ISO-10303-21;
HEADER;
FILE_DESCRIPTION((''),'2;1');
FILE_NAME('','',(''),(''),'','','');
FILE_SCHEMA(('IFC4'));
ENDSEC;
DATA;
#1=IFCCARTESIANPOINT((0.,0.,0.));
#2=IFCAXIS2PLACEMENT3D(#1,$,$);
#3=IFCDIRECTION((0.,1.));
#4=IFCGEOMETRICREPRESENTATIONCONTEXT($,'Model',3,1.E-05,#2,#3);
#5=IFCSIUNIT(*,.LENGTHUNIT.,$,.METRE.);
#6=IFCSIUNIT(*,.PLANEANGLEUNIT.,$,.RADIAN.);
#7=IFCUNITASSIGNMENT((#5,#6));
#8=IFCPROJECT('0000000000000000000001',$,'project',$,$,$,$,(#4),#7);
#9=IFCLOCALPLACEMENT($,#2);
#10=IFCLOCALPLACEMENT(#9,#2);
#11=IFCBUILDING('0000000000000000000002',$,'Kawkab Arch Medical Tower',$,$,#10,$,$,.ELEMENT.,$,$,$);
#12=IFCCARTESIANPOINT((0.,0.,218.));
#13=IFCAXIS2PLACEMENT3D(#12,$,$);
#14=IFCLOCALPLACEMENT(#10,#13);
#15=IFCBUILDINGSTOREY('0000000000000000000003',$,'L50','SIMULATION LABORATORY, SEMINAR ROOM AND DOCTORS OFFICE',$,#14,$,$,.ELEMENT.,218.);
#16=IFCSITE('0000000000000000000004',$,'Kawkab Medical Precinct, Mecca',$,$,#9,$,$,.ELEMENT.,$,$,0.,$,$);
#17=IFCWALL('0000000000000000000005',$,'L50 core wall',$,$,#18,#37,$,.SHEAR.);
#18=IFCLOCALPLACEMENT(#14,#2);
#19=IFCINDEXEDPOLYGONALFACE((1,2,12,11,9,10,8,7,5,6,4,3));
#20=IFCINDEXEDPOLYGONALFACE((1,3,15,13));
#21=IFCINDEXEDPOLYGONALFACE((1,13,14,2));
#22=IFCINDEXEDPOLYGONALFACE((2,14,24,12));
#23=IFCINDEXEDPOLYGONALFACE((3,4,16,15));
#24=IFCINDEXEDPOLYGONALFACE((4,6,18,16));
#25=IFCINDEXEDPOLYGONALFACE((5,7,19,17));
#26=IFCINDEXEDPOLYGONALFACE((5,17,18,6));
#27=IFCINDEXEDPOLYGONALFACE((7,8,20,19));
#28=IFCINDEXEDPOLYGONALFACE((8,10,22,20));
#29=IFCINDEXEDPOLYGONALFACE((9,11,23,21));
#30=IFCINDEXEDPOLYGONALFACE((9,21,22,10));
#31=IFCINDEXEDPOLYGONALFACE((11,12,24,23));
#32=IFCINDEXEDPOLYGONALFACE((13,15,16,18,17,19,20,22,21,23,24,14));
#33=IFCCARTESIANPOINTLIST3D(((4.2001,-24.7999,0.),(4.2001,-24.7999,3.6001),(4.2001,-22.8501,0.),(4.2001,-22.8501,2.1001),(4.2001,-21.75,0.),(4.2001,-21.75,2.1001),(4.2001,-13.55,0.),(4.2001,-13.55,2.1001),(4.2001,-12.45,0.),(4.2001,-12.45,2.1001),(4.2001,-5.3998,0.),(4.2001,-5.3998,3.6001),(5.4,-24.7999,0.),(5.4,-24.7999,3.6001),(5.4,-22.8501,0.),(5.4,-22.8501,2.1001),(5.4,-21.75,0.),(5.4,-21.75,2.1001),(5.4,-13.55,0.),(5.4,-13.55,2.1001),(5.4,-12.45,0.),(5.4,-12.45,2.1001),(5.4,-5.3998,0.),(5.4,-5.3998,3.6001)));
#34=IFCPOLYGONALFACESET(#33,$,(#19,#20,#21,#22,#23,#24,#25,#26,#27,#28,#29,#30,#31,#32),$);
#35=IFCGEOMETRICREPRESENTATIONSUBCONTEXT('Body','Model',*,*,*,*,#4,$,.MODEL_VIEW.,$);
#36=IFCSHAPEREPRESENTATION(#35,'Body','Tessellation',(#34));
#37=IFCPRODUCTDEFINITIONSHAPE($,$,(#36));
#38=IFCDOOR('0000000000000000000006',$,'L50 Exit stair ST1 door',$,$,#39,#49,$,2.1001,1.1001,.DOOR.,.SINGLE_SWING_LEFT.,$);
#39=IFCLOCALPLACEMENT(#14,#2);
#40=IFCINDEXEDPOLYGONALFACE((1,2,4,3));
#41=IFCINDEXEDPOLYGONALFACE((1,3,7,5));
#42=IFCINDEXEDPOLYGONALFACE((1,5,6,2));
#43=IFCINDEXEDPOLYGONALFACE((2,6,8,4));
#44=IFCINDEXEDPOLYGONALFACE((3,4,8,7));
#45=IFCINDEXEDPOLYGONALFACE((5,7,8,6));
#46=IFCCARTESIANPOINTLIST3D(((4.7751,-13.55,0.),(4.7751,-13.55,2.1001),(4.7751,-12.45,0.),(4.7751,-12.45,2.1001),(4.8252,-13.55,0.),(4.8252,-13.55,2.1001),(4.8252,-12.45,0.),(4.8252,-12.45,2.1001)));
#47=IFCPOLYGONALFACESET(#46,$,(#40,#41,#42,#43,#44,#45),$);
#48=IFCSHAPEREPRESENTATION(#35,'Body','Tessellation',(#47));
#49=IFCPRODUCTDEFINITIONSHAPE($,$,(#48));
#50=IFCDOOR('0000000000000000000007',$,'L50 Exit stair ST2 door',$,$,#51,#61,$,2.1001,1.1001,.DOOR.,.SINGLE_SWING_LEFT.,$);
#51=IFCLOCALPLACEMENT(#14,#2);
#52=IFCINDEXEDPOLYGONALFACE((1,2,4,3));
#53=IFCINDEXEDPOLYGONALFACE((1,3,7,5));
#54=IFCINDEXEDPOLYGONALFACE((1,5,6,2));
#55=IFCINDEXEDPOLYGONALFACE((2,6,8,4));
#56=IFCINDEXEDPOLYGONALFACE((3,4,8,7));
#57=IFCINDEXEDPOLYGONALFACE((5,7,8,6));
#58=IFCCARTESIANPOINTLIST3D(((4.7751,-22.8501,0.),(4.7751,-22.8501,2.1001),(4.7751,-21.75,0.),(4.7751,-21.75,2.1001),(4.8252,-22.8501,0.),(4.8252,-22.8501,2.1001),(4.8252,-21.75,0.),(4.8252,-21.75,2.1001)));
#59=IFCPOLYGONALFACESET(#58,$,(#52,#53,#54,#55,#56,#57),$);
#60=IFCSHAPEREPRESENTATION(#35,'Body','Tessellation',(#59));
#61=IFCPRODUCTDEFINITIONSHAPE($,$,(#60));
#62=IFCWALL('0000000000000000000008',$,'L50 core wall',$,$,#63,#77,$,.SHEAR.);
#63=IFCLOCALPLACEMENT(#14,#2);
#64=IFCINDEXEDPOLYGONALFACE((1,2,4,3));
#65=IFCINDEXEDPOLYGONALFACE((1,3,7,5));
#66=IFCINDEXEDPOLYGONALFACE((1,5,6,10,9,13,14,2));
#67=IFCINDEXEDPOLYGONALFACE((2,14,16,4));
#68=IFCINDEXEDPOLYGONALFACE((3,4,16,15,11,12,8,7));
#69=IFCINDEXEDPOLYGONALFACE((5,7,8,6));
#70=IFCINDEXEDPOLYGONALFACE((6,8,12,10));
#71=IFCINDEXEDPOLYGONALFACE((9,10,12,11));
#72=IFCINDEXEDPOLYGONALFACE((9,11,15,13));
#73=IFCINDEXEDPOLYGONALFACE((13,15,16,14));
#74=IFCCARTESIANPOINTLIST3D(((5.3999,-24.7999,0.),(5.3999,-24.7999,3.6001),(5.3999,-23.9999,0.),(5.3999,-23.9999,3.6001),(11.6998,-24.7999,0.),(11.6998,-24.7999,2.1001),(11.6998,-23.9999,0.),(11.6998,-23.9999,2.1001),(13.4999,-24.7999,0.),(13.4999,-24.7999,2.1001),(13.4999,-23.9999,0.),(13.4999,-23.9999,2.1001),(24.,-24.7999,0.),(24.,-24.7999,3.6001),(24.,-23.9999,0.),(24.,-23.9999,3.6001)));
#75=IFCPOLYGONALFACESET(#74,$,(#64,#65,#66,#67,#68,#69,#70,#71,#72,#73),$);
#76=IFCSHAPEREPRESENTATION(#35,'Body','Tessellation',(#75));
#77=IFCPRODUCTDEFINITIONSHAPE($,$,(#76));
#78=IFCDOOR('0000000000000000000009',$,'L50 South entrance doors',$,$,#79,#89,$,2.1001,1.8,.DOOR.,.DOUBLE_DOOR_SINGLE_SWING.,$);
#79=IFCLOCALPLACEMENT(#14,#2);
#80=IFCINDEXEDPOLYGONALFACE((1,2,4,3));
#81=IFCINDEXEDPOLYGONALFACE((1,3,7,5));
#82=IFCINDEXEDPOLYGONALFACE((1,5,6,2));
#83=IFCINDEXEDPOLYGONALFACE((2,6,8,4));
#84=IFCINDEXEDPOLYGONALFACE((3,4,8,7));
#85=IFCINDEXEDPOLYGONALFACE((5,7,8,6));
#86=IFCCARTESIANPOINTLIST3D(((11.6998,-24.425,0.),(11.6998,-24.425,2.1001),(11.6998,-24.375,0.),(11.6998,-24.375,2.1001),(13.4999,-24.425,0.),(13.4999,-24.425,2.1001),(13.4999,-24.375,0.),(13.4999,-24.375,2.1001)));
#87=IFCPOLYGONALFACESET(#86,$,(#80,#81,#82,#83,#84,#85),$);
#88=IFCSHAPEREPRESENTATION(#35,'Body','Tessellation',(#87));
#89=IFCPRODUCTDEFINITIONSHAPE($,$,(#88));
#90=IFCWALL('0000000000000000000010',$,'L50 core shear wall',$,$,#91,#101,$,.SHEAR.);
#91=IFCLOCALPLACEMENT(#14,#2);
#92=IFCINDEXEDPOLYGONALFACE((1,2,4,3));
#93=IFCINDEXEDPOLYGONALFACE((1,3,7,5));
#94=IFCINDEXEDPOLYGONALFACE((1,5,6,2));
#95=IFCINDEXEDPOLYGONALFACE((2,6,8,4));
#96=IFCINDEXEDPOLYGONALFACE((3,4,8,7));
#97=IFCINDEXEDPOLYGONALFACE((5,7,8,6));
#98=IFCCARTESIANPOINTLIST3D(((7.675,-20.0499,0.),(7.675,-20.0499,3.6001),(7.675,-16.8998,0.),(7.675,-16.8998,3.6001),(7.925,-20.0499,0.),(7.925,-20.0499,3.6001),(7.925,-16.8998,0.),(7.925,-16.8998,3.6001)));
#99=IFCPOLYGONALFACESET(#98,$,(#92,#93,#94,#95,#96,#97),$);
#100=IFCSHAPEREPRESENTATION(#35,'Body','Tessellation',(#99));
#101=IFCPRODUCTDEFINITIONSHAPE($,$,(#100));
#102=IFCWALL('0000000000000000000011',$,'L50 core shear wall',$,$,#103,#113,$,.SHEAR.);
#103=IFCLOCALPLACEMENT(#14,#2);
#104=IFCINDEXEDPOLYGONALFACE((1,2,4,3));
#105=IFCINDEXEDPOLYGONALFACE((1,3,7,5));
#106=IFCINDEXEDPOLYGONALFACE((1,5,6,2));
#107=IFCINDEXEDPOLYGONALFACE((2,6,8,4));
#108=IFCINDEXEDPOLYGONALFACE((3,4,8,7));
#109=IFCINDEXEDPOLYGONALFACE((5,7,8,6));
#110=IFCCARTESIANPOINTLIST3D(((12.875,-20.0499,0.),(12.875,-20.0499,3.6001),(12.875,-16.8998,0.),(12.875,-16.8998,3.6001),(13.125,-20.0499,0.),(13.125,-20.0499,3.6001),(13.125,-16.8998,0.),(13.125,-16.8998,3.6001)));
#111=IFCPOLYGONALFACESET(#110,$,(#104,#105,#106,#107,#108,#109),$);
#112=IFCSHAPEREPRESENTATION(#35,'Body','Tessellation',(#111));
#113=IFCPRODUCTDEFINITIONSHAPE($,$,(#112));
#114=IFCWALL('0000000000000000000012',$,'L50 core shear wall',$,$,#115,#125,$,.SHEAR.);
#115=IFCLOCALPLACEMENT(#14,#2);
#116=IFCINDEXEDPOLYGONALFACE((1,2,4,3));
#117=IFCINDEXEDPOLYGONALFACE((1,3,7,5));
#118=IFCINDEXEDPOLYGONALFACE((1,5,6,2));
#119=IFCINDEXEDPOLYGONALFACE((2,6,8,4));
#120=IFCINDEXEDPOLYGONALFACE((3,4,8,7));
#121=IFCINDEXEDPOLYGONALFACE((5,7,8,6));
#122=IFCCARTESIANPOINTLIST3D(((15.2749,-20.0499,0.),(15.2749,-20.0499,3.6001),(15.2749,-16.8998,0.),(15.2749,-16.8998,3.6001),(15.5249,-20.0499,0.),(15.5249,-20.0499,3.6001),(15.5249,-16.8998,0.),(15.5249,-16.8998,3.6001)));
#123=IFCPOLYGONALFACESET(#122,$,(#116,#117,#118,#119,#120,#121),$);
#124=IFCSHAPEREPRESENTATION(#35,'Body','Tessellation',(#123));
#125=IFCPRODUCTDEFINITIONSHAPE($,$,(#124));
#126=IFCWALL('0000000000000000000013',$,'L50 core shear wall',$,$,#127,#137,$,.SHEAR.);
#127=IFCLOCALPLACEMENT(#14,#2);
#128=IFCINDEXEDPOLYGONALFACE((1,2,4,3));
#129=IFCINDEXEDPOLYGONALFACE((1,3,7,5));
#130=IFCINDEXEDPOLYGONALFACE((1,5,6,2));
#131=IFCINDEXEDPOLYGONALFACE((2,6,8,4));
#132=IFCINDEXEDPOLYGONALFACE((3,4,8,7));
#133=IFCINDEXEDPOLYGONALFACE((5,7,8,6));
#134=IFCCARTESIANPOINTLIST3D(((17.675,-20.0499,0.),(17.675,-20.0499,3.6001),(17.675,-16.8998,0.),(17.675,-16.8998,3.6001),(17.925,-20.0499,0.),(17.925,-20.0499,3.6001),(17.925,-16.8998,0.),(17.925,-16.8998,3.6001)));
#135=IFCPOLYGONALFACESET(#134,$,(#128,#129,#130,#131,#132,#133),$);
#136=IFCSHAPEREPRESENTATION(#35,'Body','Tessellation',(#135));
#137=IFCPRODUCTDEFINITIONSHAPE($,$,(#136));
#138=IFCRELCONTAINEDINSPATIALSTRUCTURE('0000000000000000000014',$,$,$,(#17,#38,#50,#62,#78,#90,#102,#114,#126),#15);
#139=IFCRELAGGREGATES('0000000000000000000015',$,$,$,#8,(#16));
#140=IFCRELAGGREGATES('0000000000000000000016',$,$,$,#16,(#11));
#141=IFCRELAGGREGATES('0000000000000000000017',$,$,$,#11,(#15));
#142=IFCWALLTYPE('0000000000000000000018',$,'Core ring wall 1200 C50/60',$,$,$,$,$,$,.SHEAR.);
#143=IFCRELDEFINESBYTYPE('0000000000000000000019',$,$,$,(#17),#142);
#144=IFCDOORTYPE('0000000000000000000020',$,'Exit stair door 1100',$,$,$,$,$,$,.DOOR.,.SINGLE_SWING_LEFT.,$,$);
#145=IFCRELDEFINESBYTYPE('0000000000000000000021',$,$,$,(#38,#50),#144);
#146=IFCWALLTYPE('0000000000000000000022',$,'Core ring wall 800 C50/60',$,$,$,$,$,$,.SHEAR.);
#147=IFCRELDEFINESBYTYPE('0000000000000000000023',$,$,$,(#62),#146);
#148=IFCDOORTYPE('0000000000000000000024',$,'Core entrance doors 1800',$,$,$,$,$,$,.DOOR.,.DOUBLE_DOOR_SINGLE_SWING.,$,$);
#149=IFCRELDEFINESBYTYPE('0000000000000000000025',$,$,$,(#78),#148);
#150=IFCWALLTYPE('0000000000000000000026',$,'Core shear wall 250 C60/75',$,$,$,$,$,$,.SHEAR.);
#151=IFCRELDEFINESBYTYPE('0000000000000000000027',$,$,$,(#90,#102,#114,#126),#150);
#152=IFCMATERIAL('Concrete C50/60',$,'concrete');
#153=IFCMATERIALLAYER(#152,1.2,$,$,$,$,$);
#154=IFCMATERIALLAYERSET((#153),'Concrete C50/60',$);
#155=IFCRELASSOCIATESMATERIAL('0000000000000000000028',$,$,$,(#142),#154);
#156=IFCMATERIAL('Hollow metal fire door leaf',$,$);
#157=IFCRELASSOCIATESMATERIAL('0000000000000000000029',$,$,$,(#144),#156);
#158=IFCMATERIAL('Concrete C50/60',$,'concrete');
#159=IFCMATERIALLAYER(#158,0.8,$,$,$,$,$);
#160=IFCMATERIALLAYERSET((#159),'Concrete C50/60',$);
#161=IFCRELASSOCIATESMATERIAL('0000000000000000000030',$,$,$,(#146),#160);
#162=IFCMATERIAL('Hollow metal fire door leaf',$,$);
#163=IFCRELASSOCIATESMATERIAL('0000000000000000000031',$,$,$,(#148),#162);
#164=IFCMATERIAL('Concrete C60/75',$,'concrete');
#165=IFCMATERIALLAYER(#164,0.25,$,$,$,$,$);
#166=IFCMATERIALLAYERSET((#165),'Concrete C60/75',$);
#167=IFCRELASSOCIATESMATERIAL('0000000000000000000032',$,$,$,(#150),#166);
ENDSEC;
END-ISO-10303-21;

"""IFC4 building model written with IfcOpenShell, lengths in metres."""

from ifc_helpers import new_model, si_unit, direction, frame, frame_2d, origin, place, context, subcontext, project, spatial, rectangle, extrude, material, layer, layer_set, type_object, element, fill, save


model = new_model("IFC4")

# Units and contexts
model_context = context("Model", 3, precision=1e-05, world=origin(), true_north=direction((0.0, 1.0)))
body_context = subcontext(model_context, "Body", "Model", "MODEL_VIEW")
ifc_project = project(units=[si_unit("LENGTHUNIT", "METRE"), si_unit("PLANEANGLEUNIT", "RADIAN")], contexts=[model_context])

# Site, building, storey
site_placement = place(None, origin())
site = spatial("IfcSite", under=ifc_project, at=site_placement, Name="Kawkab Medical Precinct, Mecca", CompositionType="ELEMENT", RefElevation=0.0)
building_placement = place(site_placement, origin())
building = spatial("IfcBuilding", under=site, at=building_placement, Name="Kawkab Arch Medical Tower", CompositionType="ELEMENT")
storey_placement = place(building_placement, frame((0.0, 0.0, 218.0)))
storey = spatial("IfcBuildingStorey", under=building, at=storey_placement, Name="L50", Description="SIMULATION LABORATORY, SEMINAR ROOM AND DOCTORS OFFICE", CompositionType="ELEMENT", Elevation=218.0)

# Wall, openings, doors
ifc_material_1 = material(Name="Concrete C50/60", Category="concrete")
ifc_layer_1 = layer(ifc_material_1, 1.2)
ifc_layer_set_1 = layer_set([ifc_layer_1], Name="Concrete C50/60")
wall_type_1 = type_object("IfcWallType", Name="Core ring wall 1200 C50/60", PredefinedType="SHEAR", material=ifc_layer_set_1)
wall_1_placement = place(storey_placement, frame((4.8, -24.8, 0.0), z_axis=(0.0, 0.0, 1.0), x_axis=(0.0, 1.0, 0.0)))
wall_1 = element("IfcWall", 1, at=wall_1_placement, inside=storey, type_object=wall_type_1, Name="L50 core wall", PredefinedType="SHEAR", context=body_context, shape_type="SweptSolid", body=[
    extrude(rectangle(XDim=19.4001, YDim=1.2, at=frame_2d((9.7002, 0.0))), origin(), (0.0, 0.0, 1.0), 3.6001),
])
opening_1_placement = place(wall_1_placement, frame((11.25, 0.0, 0.0)))
opening_1 = element("IfcOpeningElement", 2, at=opening_1_placement, cuts=wall_1, PredefinedType="OPENING", context=body_context, shape_type="SweptSolid", body=[
    extrude(rectangle(XDim=1.1001, YDim=2.1001, at=frame_2d((0.55, 1.05))), frame((0.0, 0.6099, 0.0), z_axis=(0.0, -1.0, 0.0), x_axis=(1.0, 0.0, 0.0)), (0.0, 0.0, 1.0), 1.22),
])
opening_2_placement = place(wall_1_placement, frame((1.95, 0.0, 0.0)))
opening_2 = element("IfcOpeningElement", 3, at=opening_2_placement, cuts=wall_1, PredefinedType="OPENING", context=body_context, shape_type="SweptSolid", body=[
    extrude(rectangle(XDim=1.1001, YDim=2.1001, at=frame_2d((0.55, 1.05))), frame((0.0, 0.6099, 0.0), z_axis=(0.0, -1.0, 0.0), x_axis=(1.0, 0.0, 0.0)), (0.0, 0.0, 1.0), 1.22),
])
ifc_material_2 = material(Name="Hollow metal fire door leaf")
door_type_1 = type_object("IfcDoorType", Name="Exit stair door 1100", OperationType="SINGLE_SWING_LEFT", PredefinedType="DOOR", material=ifc_material_2)
door_1_placement = place(opening_1_placement, origin())
door_1 = element("IfcDoor", 4, at=door_1_placement, inside=storey, type_object=door_type_1, Name="L50 Exit stair ST1 door", OperationType="SINGLE_SWING_LEFT", OverallHeight=2.1001, OverallWidth=1.1001, PredefinedType="DOOR", context=body_context, shape_type="SweptSolid", body=[
    extrude(rectangle(XDim=1.1001, YDim=2.1001, at=frame_2d((0.55, 1.05))), frame((0.0, 0.0249, 0.0), z_axis=(0.0, -1.0, 0.0), x_axis=(1.0, 0.0, 0.0)), (0.0, 0.0, 1.0), 0.05),
])
fill(opening_1, door_1)
door_2_placement = place(opening_2_placement, origin())
door_2 = element("IfcDoor", 5, at=door_2_placement, inside=storey, type_object=door_type_1, Name="L50 Exit stair ST2 door", OperationType="SINGLE_SWING_LEFT", OverallHeight=2.1001, OverallWidth=1.1001, PredefinedType="DOOR", context=body_context, shape_type="SweptSolid", body=[
    extrude(rectangle(XDim=1.1001, YDim=2.1001, at=frame_2d((0.55, 1.05))), frame((0.0, 0.0249, 0.0), z_axis=(0.0, -1.0, 0.0), x_axis=(1.0, 0.0, 0.0)), (0.0, 0.0, 1.0), 0.05),
])
fill(opening_2, door_2)

# Wall, opening, door
ifc_material_3 = material(Name="Concrete C50/60", Category="concrete")
ifc_layer_2 = layer(ifc_material_3, 0.8)
ifc_layer_set_2 = layer_set([ifc_layer_2], Name="Concrete C50/60")
wall_type_2 = type_object("IfcWallType", Name="Core ring wall 800 C50/60", PredefinedType="SHEAR", material=ifc_layer_set_2)
wall_2_placement = place(storey_placement, frame((5.3999, -24.3999, 0.0), z_axis=(0.0, 0.0, 1.0), x_axis=(1.0, 0.0, 0.0)))
wall_2 = element("IfcWall", 6, at=wall_2_placement, inside=storey, type_object=wall_type_2, Name="L50 core wall", PredefinedType="SHEAR", context=body_context, shape_type="SweptSolid", body=[
    extrude(rectangle(XDim=18.6001, YDim=0.8, at=frame_2d((9.3, 0.0))), origin(), (0.0, 0.0, 1.0), 3.6001),
])
opening_3_placement = place(wall_2_placement, frame((6.3, 0.0, 0.0)))
opening_3 = element("IfcOpeningElement", 7, at=opening_3_placement, cuts=wall_2, PredefinedType="OPENING", context=body_context, shape_type="SweptSolid", body=[
    extrude(rectangle(XDim=1.8, YDim=2.1001, at=frame_2d((0.8999, 1.05))), frame((0.0, 0.4099, 0.0), z_axis=(0.0, -1.0, 0.0), x_axis=(1.0, 0.0, 0.0)), (0.0, 0.0, 1.0), 0.8201),
])
ifc_material_4 = material(Name="Hollow metal fire door leaf")
door_type_2 = type_object("IfcDoorType", Name="Core entrance doors 1800", OperationType="DOUBLE_DOOR_SINGLE_SWING", PredefinedType="DOOR", material=ifc_material_4)
door_3_placement = place(opening_3_placement, origin())
door_3 = element("IfcDoor", 8, at=door_3_placement, inside=storey, type_object=door_type_2, Name="L50 South entrance doors", OperationType="DOUBLE_DOOR_SINGLE_SWING", OverallHeight=2.1001, OverallWidth=1.8, PredefinedType="DOOR", context=body_context, shape_type="SweptSolid", body=[
    extrude(rectangle(XDim=1.8, YDim=2.1001, at=frame_2d((0.8999, 1.05))), frame((0.0, 0.0249, 0.0), z_axis=(0.0, -1.0, 0.0), x_axis=(1.0, 0.0, 0.0)), (0.0, 0.0, 1.0), 0.05),
])
fill(opening_3, door_3)

# Walls
ifc_material_5 = material(Name="Concrete C60/75", Category="concrete")
ifc_layer_3 = layer(ifc_material_5, 0.25)
ifc_layer_set_3 = layer_set([ifc_layer_3], Name="Concrete C60/75")
wall_type_3 = type_object("IfcWallType", Name="Core shear wall 250 C60/75", PredefinedType="SHEAR", material=ifc_layer_set_3)
for number, where, z_axis, x_axis, name in (
    (9, (7.8, -20.05, 0.0), (0.0, 0.0, 1.0), (0.0, 1.0, 0.0), "L50 core shear wall"),
    (10, (13.0, -20.05, 0.0), (0.0, 0.0, 1.0), (0.0, 1.0, 0.0), "L50 core shear wall"),
    (11, (15.3999, -20.05, 0.0), (0.0, 0.0, 1.0), (0.0, 1.0, 0.0), "L50 core shear wall"),
    (12, (17.8, -20.05, 0.0), (0.0, 0.0, 1.0), (0.0, 1.0, 0.0), "L50 core shear wall"),
):
    element("IfcWall", number, at=place(storey_placement, frame(where, z_axis=z_axis, x_axis=x_axis)), inside=storey, type_object=wall_type_3, Name=name, PredefinedType="SHEAR", context=body_context, shape_type="SweptSolid", body=[
        extrude(rectangle(XDim=3.1501, YDim=0.25, at=frame_2d((1.5752, 0.0))), origin(), (0.0, 0.0, 1.0), 3.6001),
    ])

save(model, "model.ifc")
